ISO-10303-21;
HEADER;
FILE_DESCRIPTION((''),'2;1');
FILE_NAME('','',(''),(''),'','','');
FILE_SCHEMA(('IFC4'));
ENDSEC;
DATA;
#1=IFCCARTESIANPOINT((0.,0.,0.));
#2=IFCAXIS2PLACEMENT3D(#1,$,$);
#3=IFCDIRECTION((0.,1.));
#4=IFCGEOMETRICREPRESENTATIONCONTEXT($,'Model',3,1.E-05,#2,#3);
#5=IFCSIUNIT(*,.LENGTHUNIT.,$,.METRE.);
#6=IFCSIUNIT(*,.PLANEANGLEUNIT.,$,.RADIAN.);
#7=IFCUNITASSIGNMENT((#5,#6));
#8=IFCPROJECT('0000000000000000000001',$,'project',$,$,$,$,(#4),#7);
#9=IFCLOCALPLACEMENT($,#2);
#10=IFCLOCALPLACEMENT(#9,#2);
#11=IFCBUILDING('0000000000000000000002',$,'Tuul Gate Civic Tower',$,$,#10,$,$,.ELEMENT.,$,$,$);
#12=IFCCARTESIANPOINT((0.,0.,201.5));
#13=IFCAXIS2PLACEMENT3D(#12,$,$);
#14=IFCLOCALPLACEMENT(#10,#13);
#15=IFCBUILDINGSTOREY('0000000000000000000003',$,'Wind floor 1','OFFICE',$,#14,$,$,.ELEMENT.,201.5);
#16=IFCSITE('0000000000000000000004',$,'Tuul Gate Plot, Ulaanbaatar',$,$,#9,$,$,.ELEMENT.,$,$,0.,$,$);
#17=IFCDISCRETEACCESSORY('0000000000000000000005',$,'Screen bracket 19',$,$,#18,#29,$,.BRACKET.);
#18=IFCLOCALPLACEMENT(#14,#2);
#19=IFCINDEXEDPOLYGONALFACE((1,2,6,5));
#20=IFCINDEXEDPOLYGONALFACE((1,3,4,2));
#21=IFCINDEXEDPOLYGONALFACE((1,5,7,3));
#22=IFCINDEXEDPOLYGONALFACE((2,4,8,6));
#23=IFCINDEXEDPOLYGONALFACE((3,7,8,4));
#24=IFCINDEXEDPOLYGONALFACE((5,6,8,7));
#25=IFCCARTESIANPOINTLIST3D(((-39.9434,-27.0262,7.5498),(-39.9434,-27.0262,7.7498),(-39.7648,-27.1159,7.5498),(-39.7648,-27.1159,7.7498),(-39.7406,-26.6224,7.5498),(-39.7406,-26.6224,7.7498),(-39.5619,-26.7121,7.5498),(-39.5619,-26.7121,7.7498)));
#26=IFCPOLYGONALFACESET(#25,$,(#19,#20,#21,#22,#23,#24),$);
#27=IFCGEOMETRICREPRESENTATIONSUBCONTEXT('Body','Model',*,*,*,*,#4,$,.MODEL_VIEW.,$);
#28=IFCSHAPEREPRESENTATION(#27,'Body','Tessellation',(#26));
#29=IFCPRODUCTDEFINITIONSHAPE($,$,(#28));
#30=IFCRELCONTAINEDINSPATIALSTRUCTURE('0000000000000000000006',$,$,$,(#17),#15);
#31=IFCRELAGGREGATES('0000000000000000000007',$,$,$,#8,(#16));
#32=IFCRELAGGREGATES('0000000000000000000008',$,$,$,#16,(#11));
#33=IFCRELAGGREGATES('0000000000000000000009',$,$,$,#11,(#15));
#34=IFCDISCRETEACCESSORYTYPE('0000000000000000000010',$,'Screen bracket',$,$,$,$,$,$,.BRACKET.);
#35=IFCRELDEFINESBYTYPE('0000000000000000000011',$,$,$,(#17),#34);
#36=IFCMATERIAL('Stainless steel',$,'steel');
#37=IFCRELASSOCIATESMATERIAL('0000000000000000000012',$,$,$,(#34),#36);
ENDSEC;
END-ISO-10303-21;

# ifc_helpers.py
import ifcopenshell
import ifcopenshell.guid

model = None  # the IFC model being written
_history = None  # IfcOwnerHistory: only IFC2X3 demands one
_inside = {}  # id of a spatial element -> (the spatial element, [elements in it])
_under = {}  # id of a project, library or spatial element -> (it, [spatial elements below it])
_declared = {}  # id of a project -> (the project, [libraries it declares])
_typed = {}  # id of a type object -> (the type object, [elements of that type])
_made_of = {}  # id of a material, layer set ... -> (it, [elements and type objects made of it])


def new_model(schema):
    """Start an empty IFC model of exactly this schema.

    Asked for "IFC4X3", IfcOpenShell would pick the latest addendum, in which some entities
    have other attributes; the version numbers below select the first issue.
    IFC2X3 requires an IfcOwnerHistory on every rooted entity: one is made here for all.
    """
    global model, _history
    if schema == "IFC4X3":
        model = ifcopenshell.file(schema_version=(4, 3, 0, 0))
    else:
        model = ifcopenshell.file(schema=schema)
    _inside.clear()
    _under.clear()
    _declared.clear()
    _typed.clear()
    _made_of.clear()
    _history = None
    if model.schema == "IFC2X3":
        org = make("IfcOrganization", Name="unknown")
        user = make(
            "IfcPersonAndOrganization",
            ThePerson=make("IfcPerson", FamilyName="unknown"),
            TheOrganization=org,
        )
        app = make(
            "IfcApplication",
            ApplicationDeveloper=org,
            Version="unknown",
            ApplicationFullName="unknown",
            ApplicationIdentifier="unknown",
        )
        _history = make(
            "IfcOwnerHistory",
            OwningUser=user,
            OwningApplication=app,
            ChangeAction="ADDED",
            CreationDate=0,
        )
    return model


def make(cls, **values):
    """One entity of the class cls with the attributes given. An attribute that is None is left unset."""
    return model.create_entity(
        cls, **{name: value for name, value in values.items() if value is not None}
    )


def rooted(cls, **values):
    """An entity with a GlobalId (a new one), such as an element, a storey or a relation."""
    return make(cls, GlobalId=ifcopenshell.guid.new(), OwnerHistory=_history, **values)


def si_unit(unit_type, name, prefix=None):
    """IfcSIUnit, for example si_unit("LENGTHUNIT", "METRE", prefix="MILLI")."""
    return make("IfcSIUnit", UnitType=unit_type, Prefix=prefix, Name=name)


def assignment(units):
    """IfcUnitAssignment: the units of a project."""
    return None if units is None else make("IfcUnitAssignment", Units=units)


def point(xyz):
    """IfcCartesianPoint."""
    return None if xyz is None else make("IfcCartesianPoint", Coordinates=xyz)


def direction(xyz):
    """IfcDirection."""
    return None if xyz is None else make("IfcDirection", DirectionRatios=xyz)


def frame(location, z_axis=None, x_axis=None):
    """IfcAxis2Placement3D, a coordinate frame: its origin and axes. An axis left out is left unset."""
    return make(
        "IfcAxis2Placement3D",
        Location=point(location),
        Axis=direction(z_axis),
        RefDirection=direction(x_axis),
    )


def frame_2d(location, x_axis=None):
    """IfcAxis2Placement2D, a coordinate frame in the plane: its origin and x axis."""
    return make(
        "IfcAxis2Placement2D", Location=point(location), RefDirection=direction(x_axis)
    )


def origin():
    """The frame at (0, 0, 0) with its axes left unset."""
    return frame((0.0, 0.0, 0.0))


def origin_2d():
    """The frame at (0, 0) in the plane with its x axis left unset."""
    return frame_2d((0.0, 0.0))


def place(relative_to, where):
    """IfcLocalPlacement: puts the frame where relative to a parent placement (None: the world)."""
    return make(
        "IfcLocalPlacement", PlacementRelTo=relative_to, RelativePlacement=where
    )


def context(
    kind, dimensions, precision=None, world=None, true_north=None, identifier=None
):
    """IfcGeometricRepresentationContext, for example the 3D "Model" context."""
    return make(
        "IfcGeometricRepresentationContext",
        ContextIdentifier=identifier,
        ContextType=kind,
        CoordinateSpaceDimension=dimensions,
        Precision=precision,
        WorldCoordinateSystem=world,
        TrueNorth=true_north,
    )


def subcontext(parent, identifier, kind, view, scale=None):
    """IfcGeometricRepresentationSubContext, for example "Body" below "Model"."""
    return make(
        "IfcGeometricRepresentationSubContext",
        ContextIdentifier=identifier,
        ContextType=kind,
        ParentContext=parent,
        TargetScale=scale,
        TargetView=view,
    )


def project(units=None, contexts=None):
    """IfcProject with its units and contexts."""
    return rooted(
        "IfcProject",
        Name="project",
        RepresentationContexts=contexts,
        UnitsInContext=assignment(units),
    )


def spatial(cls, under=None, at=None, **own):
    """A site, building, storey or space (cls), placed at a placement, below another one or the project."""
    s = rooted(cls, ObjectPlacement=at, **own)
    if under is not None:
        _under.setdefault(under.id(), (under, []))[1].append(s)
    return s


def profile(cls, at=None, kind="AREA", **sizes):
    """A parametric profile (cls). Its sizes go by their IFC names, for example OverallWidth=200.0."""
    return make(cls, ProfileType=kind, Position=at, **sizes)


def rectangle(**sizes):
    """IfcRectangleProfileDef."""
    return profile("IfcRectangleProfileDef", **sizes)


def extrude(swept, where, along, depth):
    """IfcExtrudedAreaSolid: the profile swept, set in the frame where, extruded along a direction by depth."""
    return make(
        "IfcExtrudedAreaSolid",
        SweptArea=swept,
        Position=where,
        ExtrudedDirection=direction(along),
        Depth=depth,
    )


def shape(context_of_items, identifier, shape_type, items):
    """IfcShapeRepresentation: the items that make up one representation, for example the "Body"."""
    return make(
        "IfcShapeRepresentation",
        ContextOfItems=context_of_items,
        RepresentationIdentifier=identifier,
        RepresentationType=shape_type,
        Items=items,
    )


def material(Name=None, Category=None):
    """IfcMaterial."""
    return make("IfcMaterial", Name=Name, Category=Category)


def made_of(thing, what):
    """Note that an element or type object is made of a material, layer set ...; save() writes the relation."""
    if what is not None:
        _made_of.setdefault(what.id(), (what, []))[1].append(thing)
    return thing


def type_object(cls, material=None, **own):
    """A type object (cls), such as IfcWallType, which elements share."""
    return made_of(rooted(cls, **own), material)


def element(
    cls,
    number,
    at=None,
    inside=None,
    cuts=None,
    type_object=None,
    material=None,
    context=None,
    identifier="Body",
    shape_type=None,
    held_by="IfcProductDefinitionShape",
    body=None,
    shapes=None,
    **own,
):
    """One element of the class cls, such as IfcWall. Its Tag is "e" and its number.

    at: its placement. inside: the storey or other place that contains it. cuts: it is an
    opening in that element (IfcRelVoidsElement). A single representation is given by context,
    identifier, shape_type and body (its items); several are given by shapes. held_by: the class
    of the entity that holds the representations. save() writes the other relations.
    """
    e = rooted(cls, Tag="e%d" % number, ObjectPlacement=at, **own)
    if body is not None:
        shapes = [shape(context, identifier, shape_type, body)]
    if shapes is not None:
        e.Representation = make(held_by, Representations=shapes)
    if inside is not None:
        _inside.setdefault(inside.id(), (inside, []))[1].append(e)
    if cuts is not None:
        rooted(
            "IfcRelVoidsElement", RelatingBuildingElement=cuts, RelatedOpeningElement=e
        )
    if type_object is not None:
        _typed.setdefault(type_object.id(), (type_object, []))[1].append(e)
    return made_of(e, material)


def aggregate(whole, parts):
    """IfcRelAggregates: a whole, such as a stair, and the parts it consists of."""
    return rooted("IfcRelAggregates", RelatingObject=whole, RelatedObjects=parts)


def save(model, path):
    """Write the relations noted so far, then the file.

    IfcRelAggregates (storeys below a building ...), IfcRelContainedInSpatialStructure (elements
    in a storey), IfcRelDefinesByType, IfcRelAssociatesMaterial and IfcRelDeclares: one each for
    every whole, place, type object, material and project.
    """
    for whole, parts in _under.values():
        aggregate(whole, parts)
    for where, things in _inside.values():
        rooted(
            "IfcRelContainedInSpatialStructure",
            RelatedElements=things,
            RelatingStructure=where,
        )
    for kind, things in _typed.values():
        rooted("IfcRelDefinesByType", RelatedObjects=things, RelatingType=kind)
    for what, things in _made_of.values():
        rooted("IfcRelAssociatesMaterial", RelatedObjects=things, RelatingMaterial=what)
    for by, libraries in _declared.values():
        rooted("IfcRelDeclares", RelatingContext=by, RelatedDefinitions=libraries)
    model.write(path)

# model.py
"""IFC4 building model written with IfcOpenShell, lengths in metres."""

from ifc_helpers import new_model, si_unit, direction, frame, origin, origin_2d, place, context, subcontext, project, spatial, rectangle, extrude, material, type_object, element, save


model = new_model("IFC4")

# Units and contexts
model_context = context("Model", 3, precision=1e-05, world=origin(), true_north=direction((0.0, 1.0)))
body_context = subcontext(model_context, "Body", "Model", "MODEL_VIEW")
ifc_project = project(units=[si_unit("LENGTHUNIT", "METRE"), si_unit("PLANEANGLEUNIT", "RADIAN")], contexts=[model_context])

# Site, building, storey
site_placement = place(None, origin())
site = spatial("IfcSite", under=ifc_project, at=site_placement, Name="Tuul Gate Plot, Ulaanbaatar", CompositionType="ELEMENT", RefElevation=0.0)
building_placement = place(site_placement, origin())
building = spatial("IfcBuilding", under=site, at=building_placement, Name="Tuul Gate Civic Tower", CompositionType="ELEMENT")
storey_placement = place(building_placement, frame((0.0, 0.0, 201.5)))
storey = spatial("IfcBuildingStorey", under=building, at=storey_placement, Name="Wind floor 1", Description="OFFICE", CompositionType="ELEMENT", Elevation=201.5)

# Discrete accessory
ifc_material_1 = material(Name="Stainless steel", Category="steel")
discrete_accessory_type = type_object("IfcDiscreteAccessoryType", Name="Screen bracket", PredefinedType="BRACKET", material=ifc_material_1)
discrete_accessory_placement = place(storey_placement, frame((-39.7527, -26.8691, 7.5498), z_axis=(0.0, 0.0, 1.0), x_axis=(-0.448843, -0.89361, 0.0)))
element("IfcDiscreteAccessory", 1, at=discrete_accessory_placement, inside=storey, type_object=discrete_accessory_type, Name="Screen bracket 19", PredefinedType="BRACKET", context=body_context, shape_type="SweptSolid", body=[
    extrude(rectangle(XDim=0.4519, YDim=0.2, at=origin_2d()), origin(), (0.0, 0.0, 1.0), 0.2),
])

save(model, "model.ifc")
